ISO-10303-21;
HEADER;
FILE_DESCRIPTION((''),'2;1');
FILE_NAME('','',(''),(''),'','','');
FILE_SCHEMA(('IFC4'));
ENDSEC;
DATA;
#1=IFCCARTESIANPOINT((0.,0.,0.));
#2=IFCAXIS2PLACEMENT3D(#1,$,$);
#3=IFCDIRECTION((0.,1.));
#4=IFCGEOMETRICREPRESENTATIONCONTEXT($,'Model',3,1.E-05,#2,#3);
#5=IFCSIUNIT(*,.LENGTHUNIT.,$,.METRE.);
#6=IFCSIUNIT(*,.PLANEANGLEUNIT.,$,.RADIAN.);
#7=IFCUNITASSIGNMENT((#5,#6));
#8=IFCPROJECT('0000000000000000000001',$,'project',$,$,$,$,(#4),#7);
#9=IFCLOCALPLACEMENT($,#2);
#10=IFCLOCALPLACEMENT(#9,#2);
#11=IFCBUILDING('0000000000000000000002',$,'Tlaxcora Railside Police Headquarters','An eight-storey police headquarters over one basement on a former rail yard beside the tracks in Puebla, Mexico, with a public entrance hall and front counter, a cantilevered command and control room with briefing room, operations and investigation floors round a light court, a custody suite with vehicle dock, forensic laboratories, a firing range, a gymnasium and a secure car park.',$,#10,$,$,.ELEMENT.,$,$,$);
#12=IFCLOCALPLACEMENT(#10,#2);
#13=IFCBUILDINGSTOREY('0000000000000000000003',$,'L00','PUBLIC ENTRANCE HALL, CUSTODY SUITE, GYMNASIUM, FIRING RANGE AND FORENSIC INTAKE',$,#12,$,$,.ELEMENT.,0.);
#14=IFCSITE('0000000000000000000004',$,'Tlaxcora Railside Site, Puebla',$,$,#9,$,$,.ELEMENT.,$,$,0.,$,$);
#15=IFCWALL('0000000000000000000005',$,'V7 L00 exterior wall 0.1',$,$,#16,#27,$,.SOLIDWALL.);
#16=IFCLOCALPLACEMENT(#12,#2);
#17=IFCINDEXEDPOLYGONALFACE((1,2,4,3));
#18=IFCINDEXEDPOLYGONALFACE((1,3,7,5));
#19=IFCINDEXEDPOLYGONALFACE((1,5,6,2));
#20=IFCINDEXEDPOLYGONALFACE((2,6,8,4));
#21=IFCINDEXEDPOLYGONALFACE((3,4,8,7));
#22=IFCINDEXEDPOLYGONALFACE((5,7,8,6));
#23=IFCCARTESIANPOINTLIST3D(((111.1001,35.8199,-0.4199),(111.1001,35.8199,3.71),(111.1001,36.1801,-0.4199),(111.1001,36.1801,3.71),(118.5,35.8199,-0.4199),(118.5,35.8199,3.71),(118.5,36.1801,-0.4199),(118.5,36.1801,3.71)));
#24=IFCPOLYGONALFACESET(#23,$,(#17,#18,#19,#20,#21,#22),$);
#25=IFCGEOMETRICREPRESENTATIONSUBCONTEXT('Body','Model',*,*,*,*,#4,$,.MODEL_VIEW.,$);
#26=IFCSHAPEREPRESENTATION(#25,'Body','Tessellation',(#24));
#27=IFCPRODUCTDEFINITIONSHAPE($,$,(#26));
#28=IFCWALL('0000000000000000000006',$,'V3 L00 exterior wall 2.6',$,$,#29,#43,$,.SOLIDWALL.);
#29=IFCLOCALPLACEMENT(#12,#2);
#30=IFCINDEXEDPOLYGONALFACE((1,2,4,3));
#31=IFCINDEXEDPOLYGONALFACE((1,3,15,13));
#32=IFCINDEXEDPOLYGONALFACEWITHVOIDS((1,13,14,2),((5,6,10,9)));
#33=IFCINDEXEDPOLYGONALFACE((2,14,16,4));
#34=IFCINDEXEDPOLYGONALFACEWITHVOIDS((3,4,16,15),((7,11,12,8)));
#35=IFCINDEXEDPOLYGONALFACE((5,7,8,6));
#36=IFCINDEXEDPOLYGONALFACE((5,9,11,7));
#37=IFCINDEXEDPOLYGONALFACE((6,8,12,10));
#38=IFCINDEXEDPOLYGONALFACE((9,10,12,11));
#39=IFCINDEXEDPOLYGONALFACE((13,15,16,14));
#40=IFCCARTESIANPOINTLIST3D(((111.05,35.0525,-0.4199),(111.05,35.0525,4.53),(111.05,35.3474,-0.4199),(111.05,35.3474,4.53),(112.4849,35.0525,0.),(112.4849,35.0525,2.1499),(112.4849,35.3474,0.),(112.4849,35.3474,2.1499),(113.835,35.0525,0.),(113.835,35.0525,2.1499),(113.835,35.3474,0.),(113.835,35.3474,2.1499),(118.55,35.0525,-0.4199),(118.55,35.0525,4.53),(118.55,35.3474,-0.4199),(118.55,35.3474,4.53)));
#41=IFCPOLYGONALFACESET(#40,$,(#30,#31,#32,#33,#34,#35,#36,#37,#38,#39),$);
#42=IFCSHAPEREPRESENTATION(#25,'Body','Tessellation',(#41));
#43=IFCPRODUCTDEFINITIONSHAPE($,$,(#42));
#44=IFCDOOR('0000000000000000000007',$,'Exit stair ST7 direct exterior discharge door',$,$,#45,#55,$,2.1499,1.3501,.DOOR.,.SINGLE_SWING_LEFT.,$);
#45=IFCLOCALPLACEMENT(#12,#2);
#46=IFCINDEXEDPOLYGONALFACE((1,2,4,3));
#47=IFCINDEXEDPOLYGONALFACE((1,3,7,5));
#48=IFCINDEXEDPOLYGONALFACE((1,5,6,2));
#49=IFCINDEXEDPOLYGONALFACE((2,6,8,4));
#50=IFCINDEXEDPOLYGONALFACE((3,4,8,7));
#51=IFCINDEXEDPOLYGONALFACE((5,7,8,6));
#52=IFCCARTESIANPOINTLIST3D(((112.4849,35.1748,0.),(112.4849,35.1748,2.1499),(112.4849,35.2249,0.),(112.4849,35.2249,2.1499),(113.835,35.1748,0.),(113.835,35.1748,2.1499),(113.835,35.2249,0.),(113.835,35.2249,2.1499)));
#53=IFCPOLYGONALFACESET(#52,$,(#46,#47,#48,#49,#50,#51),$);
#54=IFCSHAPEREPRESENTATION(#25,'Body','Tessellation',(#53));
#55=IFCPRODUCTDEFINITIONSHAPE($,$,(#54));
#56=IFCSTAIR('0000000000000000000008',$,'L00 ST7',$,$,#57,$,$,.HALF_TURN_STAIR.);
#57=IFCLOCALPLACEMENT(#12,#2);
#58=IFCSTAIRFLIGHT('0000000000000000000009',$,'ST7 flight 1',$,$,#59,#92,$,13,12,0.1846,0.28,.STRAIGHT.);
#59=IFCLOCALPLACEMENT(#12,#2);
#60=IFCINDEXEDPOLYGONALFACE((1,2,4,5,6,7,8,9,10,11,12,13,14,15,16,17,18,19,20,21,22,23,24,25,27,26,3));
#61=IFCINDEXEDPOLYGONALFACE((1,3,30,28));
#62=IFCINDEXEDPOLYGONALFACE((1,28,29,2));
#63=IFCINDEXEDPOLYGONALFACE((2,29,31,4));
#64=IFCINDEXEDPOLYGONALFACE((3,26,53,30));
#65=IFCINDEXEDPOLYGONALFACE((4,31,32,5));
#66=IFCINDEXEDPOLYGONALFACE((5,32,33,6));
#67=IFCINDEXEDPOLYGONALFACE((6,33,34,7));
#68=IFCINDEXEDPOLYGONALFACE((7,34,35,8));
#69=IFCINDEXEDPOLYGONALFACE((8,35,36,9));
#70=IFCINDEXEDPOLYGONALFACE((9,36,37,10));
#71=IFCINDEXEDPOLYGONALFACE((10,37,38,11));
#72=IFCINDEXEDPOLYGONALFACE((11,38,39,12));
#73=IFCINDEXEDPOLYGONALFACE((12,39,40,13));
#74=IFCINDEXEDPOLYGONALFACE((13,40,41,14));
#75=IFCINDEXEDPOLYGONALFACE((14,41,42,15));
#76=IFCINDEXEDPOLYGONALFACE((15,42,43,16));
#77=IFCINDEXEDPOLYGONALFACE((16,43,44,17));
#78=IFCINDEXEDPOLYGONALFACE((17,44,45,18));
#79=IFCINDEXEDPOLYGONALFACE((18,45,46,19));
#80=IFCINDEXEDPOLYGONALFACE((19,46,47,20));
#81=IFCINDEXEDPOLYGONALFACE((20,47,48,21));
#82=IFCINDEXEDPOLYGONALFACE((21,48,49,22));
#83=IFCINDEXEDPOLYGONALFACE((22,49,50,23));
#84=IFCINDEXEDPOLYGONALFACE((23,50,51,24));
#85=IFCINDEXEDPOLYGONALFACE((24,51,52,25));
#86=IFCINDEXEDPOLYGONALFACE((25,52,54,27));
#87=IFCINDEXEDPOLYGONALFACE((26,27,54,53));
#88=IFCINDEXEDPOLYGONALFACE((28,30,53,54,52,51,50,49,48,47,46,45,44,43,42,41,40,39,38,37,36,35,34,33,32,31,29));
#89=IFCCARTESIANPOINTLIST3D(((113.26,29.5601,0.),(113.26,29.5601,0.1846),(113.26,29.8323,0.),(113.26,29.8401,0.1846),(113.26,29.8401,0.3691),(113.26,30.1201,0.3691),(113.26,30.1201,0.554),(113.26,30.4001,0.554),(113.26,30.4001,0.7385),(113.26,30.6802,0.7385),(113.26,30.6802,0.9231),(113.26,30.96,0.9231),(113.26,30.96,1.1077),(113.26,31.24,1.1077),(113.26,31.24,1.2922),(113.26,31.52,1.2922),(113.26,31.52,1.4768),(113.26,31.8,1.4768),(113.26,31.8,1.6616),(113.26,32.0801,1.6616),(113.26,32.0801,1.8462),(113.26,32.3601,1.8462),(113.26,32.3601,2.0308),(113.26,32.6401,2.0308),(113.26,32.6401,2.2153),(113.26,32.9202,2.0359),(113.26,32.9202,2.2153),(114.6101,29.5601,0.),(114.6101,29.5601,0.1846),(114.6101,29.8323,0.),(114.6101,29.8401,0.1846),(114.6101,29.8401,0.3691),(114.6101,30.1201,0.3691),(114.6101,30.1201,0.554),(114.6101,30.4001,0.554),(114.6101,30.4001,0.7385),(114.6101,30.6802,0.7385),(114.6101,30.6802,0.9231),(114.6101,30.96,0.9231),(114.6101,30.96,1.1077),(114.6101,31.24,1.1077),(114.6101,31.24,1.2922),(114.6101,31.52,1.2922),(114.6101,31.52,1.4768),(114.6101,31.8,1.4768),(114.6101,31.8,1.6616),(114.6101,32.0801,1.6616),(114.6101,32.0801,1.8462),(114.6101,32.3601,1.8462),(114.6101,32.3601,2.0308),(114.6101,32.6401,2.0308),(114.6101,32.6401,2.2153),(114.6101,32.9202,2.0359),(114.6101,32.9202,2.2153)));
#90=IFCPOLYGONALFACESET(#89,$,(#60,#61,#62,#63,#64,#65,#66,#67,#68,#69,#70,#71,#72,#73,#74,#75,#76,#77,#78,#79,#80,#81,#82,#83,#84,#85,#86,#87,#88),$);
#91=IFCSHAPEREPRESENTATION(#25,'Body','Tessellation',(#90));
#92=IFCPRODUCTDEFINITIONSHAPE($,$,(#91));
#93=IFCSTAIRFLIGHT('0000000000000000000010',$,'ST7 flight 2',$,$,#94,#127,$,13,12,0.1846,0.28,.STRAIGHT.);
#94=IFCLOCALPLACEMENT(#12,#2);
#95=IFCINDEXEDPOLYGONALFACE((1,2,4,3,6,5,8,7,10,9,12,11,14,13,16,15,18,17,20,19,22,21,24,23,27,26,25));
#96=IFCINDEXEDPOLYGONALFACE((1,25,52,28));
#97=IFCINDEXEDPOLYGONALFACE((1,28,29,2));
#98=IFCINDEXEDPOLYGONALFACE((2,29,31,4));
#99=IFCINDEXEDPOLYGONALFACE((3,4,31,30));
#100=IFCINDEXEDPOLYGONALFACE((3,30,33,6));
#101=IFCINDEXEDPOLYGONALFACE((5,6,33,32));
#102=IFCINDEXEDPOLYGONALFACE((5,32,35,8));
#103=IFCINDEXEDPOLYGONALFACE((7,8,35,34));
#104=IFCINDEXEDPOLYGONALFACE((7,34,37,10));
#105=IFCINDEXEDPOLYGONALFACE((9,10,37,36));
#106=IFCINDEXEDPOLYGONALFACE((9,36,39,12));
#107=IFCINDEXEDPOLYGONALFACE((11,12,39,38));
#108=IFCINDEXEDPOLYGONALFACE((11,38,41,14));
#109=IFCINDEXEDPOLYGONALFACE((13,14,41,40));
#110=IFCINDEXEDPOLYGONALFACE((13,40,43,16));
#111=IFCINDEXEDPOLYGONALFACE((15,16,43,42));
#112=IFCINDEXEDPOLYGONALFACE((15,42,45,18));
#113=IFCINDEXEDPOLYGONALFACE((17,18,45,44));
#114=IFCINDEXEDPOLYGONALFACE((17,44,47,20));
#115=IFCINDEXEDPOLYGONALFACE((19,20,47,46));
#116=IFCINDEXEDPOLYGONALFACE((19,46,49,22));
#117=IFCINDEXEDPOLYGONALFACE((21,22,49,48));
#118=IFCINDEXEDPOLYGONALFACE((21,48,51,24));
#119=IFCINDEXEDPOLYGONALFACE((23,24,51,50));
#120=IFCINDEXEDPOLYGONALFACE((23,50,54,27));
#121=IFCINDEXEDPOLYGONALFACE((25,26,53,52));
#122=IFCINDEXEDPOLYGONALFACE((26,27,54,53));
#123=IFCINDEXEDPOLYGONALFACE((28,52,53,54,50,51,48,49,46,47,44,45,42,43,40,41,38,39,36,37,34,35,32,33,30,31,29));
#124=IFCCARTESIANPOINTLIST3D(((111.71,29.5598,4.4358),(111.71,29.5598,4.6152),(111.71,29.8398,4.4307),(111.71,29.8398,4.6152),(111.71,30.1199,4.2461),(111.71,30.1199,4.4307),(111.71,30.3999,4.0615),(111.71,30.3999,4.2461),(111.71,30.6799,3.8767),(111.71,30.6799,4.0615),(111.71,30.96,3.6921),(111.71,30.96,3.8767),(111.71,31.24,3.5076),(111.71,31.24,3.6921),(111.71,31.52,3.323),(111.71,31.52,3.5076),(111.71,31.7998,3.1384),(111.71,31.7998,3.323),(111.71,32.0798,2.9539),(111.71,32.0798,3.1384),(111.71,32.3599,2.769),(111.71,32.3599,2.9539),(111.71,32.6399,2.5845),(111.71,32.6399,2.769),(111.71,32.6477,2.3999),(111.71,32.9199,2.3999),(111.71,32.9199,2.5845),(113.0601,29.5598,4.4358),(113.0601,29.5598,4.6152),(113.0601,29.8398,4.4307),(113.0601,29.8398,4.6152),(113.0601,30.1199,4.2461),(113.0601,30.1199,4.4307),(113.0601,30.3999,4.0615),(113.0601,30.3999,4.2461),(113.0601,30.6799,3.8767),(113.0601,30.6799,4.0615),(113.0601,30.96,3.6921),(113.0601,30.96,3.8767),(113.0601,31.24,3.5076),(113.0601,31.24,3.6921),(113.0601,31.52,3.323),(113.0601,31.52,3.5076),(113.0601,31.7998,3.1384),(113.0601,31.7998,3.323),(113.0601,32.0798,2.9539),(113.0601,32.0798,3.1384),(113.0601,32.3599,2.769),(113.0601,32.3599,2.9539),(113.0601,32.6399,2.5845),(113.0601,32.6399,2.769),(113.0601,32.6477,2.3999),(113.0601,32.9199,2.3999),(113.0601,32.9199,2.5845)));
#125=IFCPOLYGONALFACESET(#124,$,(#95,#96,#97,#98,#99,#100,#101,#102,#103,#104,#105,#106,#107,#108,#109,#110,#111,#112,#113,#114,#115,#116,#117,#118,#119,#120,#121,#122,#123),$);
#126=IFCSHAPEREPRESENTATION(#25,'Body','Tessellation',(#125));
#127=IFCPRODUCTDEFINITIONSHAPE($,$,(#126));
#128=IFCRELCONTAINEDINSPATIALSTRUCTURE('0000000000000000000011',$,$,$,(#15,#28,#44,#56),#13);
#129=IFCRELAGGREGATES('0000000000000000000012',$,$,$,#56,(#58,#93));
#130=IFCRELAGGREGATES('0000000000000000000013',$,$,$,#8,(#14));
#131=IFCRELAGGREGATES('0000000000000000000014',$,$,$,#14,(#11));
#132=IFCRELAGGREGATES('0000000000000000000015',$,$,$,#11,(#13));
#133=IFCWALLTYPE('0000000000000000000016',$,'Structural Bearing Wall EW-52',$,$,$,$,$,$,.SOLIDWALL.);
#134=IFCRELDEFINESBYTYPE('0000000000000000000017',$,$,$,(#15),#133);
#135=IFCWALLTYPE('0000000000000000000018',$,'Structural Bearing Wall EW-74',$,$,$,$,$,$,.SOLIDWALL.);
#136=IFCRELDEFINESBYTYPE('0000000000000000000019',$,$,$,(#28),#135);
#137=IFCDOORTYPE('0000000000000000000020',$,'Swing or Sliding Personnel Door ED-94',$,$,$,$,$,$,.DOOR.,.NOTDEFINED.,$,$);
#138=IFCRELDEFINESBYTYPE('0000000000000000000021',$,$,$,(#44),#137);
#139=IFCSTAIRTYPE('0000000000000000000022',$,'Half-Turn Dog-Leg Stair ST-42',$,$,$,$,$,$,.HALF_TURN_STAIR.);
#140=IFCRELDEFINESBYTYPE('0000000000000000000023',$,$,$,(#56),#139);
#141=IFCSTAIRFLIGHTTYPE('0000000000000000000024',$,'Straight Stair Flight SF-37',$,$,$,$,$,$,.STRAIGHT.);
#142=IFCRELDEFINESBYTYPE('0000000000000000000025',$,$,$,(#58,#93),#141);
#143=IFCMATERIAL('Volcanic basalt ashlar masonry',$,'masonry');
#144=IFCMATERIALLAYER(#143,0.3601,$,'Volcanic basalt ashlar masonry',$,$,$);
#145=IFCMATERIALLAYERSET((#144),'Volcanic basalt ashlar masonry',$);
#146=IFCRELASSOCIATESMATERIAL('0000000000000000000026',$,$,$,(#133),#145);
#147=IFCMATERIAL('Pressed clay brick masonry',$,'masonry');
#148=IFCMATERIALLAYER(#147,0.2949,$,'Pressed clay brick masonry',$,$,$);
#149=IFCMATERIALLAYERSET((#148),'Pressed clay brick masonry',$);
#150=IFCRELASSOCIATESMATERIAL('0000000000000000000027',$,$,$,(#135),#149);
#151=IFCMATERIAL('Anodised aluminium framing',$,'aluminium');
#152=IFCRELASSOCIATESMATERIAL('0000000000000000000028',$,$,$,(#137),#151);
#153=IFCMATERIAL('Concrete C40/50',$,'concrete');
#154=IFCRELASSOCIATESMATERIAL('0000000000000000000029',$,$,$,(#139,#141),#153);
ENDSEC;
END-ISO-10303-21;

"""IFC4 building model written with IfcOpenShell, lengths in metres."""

from ifc_helpers import new_model, si_unit, direction, frame, frame_2d, origin, place, context, subcontext, project, spatial, polyline, rectangle, outline, extrude, material, layer, layer_set, type_object, element, fill, aggregate, save


model = new_model("IFC4")

# Units and contexts
model_context = context("Model", 3, precision=1e-05, world=origin(), true_north=direction((0.0, 1.0)))
body_context = subcontext(model_context, "Body", "Model", "MODEL_VIEW")
ifc_project = project(units=[si_unit("LENGTHUNIT", "METRE"), si_unit("PLANEANGLEUNIT", "RADIAN")], contexts=[model_context])

# Site, building, storey
site_placement = place(None, origin())
site = spatial("IfcSite", under=ifc_project, at=site_placement, Name="Tlaxcora Railside Site, Puebla", CompositionType="ELEMENT", RefElevation=0.0)
building_placement = place(site_placement, origin())
building = spatial("IfcBuilding", under=site, at=building_placement, Name="Tlaxcora Railside Police Headquarters", Description="An eight-storey police headquarters over one basement on a former rail yard beside the tracks in Puebla, Mexico, with a public entrance hall and front counter, a cantilevered command and control room with briefing room, operations and investigation floors round a light court, a custody suite with vehicle dock, forensic laboratories, a firing range, a gymnasium and a secure car park.", CompositionType="ELEMENT")
storey_placement = place(building_placement, origin())
storey = spatial("IfcBuildingStorey", under=building, at=storey_placement, Name="L00", Description="PUBLIC ENTRANCE HALL, CUSTODY SUITE, GYMNASIUM, FIRING RANGE AND FORENSIC INTAKE", CompositionType="ELEMENT", Elevation=0.0)

# Shared definitions
ifc_material_1 = material(Name="Concrete C40/50", Category="concrete")

# Shared definitions
ifc_material_2 = material(Name="Pressed clay brick masonry", Category="masonry")

# Wall
ifc_material_3 = material(Name="Volcanic basalt ashlar masonry", Category="masonry")
ifc_layer_1 = layer(ifc_material_3, 0.3601, Name="Volcanic basalt ashlar masonry")
ifc_layer_set_1 = layer_set([ifc_layer_1], Name="Volcanic basalt ashlar masonry")
wall_type_1 = type_object("IfcWallType", Name="Structural Bearing Wall EW-52", PredefinedType="SOLIDWALL", material=ifc_layer_set_1)
wall_1_placement = place(storey_placement, frame((111.1001, 36.0, -0.4199), z_axis=(0.0, 0.0, 1.0), x_axis=(1.0, 0.0, 0.0)))
element("IfcWall", 1, at=wall_1_placement, inside=storey, type_object=wall_type_1, Name="V7 L00 exterior wall 0.1", PredefinedType="SOLIDWALL", context=body_context, shape_type="SweptSolid", body=[
    extrude(rectangle(XDim=7.3999, YDim=0.3601, at=frame_2d((3.7, 0.0))), origin(), (0.0, 0.0, 1.0), 4.1299),
])

# Wall, opening, door
ifc_layer_2 = layer(ifc_material_2, 0.2949, Name="Pressed clay brick masonry")
ifc_layer_set_2 = layer_set([ifc_layer_2], Name="Pressed clay brick masonry")
wall_type_2 = type_object("IfcWallType", Name="Structural Bearing Wall EW-74", PredefinedType="SOLIDWALL", material=ifc_layer_set_2)
wall_2_placement = place(storey_placement, frame((118.55, 35.2, -0.4199), z_axis=(0.0, 0.0, 1.0), x_axis=(-1.0, 0.0, 0.0)))
wall_2 = element("IfcWall", 2, at=wall_2_placement, inside=storey, type_object=wall_type_2, Name="V3 L00 exterior wall 2.6", PredefinedType="SOLIDWALL", context=body_context, shape_type="SweptSolid", body=[
    extrude(rectangle(XDim=7.5, YDim=0.2949, at=frame_2d((3.75, 0.0))), origin(), (0.0, 0.0, 1.0), 4.95),
])
opening_1_placement = place(wall_2_placement, frame((4.7151, 0.0, 0.4199)))
opening_1 = element("IfcOpeningElement", 3, at=opening_1_placement, cuts=wall_2, PredefinedType="OPENING", context=body_context, shape_type="SweptSolid", body=[
    extrude(rectangle(XDim=1.3501, YDim=2.1499, at=frame_2d((0.675, 1.075))), frame((0.0, 0.1575, 0.0), z_axis=(0.0, -1.0, 0.0), x_axis=(1.0, 0.0, 0.0)), (0.0, 0.0, 1.0), 0.3149),
])
ifc_material_4 = material(Name="Anodised aluminium framing", Category="aluminium")
door_type_1 = type_object("IfcDoorType", Name="Swing or Sliding Personnel Door ED-94", OperationType="NOTDEFINED", PredefinedType="DOOR", material=ifc_material_4)
door_1_placement = place(opening_1_placement, frame((1.3501, 0.0, 0.0), z_axis=(0.0, 0.0, 1.0), x_axis=(-1.0, 0.0, 0.0)))
door_1 = element("IfcDoor", 4, at=door_1_placement, inside=storey, type_object=door_type_1, Name="Exit stair ST7 direct exterior discharge door", OperationType="SINGLE_SWING_LEFT", OverallHeight=2.1499, OverallWidth=1.3501, PredefinedType="DOOR", context=body_context, shape_type="SweptSolid", body=[
    extrude(rectangle(XDim=1.3501, YDim=2.1499, at=frame_2d((0.675, 1.075))), frame((0.0, 0.0249, 0.0), z_axis=(0.0, -1.0, 0.0), x_axis=(1.0, 0.0, 0.0)), (0.0, 0.0, 1.0), 0.05),
])
fill(opening_1, door_1)

# Stair, stair flights
stair_type = type_object("IfcStairType", Name="Half-Turn Dog-Leg Stair ST-42", PredefinedType="HALF_TURN_STAIR", material=ifc_material_1)
stair_placement = place(storey_placement, origin())
stair = element("IfcStair", 5, at=stair_placement, inside=storey, type_object=stair_type, Name="L00 ST7", PredefinedType="HALF_TURN_STAIR")
stair_flight_type = type_object("IfcStairFlightType", Name="Straight Stair Flight SF-37", PredefinedType="STRAIGHT", material=ifc_material_1)
stair_flight_1_placement = place(storey_placement, frame((113.9351, 29.5601, 0.0), z_axis=(0.0, 0.0, 1.0), x_axis=(0.0, 1.0, 0.0)))
stair_flight_1 = element("IfcStairFlight", 6, at=stair_flight_1_placement, type_object=stair_flight_type, Name="ST7 flight 1", NumberOfRisers=13, NumberOfTreads=12, PredefinedType="STRAIGHT", RiserHeight=0.1846, TreadLength=0.28, context=body_context, shape_type="SweptSolid", body=[
    extrude(outline(polyline([(0.0, 0.0), (0.0, 0.1846), (0.28, 0.1846), (0.28, 0.3691), (0.5601, 0.3691), (0.5601, 0.554), (0.8401, 0.554), (0.8401, 0.7385), (1.1201, 0.7385), (1.1201, 0.9231), (1.3999, 0.9231), (1.3999, 1.1077), (1.6799, 1.1077), (1.6799, 1.2922), (1.96, 1.2922), (1.96, 1.4768), (2.24, 1.4768), (2.24, 1.6616), (2.52, 1.6616), (2.52, 1.8462), (2.8, 1.8462), (2.8, 2.0308), (3.0801, 2.0308), (3.0801, 2.2153), (3.3601, 2.2153), (3.3601, 2.3999), (3.3601, 2.0359), (0.2722, 0.0), (0.0, 0.0)])), frame((0.0, 0.675, 0.0), z_axis=(0.0, -1.0, 0.0), x_axis=(1.0, 0.0, 0.0)), (0.0, 0.0, 1.0), 1.3501),
])
stair_flight_2_placement = place(storey_placement, frame((112.385, 32.9199, 2.3999), z_axis=(0.0, 0.0, 1.0), x_axis=(0.0, -1.0, 0.0)))
stair_flight_2 = element("IfcStairFlight", 7, at=stair_flight_2_placement, type_object=stair_flight_type, Name="ST7 flight 2", NumberOfRisers=13, NumberOfTreads=12, PredefinedType="STRAIGHT", RiserHeight=0.1846, TreadLength=0.28, context=body_context, shape_type="SweptSolid", body=[
    extrude(outline(polyline([(0.0, 0.0), (0.0, 0.1846), (0.28, 0.1846), (0.28, 0.3691), (0.5601, 0.3691), (0.5601, 0.554), (0.8401, 0.554), (0.8401, 0.7385), (1.1201, 0.7385), (1.1201, 0.9231), (1.3999, 0.9231), (1.3999, 1.1077), (1.6799, 1.1077), (1.6799, 1.2922), (1.96, 1.2922), (1.96, 1.4768), (2.24, 1.4768), (2.24, 1.6616), (2.52, 1.6616), (2.52, 1.8462), (2.8, 1.8462), (2.8, 2.0308), (3.0801, 2.0308), (3.0801, 2.2153), (3.3601, 2.2153), (3.3601, 2.3999), (3.3601, 2.0359), (0.2722, 0.0), (0.0, 0.0)])), frame((0.0, 0.675, 0.0), z_axis=(0.0, -1.0, 0.0), x_axis=(1.0, 0.0, 0.0)), (0.0, 0.0, 1.0), 1.3501),
])
aggregate(stair, [stair_flight_1, stair_flight_2])

save(model, "model.ifc")
